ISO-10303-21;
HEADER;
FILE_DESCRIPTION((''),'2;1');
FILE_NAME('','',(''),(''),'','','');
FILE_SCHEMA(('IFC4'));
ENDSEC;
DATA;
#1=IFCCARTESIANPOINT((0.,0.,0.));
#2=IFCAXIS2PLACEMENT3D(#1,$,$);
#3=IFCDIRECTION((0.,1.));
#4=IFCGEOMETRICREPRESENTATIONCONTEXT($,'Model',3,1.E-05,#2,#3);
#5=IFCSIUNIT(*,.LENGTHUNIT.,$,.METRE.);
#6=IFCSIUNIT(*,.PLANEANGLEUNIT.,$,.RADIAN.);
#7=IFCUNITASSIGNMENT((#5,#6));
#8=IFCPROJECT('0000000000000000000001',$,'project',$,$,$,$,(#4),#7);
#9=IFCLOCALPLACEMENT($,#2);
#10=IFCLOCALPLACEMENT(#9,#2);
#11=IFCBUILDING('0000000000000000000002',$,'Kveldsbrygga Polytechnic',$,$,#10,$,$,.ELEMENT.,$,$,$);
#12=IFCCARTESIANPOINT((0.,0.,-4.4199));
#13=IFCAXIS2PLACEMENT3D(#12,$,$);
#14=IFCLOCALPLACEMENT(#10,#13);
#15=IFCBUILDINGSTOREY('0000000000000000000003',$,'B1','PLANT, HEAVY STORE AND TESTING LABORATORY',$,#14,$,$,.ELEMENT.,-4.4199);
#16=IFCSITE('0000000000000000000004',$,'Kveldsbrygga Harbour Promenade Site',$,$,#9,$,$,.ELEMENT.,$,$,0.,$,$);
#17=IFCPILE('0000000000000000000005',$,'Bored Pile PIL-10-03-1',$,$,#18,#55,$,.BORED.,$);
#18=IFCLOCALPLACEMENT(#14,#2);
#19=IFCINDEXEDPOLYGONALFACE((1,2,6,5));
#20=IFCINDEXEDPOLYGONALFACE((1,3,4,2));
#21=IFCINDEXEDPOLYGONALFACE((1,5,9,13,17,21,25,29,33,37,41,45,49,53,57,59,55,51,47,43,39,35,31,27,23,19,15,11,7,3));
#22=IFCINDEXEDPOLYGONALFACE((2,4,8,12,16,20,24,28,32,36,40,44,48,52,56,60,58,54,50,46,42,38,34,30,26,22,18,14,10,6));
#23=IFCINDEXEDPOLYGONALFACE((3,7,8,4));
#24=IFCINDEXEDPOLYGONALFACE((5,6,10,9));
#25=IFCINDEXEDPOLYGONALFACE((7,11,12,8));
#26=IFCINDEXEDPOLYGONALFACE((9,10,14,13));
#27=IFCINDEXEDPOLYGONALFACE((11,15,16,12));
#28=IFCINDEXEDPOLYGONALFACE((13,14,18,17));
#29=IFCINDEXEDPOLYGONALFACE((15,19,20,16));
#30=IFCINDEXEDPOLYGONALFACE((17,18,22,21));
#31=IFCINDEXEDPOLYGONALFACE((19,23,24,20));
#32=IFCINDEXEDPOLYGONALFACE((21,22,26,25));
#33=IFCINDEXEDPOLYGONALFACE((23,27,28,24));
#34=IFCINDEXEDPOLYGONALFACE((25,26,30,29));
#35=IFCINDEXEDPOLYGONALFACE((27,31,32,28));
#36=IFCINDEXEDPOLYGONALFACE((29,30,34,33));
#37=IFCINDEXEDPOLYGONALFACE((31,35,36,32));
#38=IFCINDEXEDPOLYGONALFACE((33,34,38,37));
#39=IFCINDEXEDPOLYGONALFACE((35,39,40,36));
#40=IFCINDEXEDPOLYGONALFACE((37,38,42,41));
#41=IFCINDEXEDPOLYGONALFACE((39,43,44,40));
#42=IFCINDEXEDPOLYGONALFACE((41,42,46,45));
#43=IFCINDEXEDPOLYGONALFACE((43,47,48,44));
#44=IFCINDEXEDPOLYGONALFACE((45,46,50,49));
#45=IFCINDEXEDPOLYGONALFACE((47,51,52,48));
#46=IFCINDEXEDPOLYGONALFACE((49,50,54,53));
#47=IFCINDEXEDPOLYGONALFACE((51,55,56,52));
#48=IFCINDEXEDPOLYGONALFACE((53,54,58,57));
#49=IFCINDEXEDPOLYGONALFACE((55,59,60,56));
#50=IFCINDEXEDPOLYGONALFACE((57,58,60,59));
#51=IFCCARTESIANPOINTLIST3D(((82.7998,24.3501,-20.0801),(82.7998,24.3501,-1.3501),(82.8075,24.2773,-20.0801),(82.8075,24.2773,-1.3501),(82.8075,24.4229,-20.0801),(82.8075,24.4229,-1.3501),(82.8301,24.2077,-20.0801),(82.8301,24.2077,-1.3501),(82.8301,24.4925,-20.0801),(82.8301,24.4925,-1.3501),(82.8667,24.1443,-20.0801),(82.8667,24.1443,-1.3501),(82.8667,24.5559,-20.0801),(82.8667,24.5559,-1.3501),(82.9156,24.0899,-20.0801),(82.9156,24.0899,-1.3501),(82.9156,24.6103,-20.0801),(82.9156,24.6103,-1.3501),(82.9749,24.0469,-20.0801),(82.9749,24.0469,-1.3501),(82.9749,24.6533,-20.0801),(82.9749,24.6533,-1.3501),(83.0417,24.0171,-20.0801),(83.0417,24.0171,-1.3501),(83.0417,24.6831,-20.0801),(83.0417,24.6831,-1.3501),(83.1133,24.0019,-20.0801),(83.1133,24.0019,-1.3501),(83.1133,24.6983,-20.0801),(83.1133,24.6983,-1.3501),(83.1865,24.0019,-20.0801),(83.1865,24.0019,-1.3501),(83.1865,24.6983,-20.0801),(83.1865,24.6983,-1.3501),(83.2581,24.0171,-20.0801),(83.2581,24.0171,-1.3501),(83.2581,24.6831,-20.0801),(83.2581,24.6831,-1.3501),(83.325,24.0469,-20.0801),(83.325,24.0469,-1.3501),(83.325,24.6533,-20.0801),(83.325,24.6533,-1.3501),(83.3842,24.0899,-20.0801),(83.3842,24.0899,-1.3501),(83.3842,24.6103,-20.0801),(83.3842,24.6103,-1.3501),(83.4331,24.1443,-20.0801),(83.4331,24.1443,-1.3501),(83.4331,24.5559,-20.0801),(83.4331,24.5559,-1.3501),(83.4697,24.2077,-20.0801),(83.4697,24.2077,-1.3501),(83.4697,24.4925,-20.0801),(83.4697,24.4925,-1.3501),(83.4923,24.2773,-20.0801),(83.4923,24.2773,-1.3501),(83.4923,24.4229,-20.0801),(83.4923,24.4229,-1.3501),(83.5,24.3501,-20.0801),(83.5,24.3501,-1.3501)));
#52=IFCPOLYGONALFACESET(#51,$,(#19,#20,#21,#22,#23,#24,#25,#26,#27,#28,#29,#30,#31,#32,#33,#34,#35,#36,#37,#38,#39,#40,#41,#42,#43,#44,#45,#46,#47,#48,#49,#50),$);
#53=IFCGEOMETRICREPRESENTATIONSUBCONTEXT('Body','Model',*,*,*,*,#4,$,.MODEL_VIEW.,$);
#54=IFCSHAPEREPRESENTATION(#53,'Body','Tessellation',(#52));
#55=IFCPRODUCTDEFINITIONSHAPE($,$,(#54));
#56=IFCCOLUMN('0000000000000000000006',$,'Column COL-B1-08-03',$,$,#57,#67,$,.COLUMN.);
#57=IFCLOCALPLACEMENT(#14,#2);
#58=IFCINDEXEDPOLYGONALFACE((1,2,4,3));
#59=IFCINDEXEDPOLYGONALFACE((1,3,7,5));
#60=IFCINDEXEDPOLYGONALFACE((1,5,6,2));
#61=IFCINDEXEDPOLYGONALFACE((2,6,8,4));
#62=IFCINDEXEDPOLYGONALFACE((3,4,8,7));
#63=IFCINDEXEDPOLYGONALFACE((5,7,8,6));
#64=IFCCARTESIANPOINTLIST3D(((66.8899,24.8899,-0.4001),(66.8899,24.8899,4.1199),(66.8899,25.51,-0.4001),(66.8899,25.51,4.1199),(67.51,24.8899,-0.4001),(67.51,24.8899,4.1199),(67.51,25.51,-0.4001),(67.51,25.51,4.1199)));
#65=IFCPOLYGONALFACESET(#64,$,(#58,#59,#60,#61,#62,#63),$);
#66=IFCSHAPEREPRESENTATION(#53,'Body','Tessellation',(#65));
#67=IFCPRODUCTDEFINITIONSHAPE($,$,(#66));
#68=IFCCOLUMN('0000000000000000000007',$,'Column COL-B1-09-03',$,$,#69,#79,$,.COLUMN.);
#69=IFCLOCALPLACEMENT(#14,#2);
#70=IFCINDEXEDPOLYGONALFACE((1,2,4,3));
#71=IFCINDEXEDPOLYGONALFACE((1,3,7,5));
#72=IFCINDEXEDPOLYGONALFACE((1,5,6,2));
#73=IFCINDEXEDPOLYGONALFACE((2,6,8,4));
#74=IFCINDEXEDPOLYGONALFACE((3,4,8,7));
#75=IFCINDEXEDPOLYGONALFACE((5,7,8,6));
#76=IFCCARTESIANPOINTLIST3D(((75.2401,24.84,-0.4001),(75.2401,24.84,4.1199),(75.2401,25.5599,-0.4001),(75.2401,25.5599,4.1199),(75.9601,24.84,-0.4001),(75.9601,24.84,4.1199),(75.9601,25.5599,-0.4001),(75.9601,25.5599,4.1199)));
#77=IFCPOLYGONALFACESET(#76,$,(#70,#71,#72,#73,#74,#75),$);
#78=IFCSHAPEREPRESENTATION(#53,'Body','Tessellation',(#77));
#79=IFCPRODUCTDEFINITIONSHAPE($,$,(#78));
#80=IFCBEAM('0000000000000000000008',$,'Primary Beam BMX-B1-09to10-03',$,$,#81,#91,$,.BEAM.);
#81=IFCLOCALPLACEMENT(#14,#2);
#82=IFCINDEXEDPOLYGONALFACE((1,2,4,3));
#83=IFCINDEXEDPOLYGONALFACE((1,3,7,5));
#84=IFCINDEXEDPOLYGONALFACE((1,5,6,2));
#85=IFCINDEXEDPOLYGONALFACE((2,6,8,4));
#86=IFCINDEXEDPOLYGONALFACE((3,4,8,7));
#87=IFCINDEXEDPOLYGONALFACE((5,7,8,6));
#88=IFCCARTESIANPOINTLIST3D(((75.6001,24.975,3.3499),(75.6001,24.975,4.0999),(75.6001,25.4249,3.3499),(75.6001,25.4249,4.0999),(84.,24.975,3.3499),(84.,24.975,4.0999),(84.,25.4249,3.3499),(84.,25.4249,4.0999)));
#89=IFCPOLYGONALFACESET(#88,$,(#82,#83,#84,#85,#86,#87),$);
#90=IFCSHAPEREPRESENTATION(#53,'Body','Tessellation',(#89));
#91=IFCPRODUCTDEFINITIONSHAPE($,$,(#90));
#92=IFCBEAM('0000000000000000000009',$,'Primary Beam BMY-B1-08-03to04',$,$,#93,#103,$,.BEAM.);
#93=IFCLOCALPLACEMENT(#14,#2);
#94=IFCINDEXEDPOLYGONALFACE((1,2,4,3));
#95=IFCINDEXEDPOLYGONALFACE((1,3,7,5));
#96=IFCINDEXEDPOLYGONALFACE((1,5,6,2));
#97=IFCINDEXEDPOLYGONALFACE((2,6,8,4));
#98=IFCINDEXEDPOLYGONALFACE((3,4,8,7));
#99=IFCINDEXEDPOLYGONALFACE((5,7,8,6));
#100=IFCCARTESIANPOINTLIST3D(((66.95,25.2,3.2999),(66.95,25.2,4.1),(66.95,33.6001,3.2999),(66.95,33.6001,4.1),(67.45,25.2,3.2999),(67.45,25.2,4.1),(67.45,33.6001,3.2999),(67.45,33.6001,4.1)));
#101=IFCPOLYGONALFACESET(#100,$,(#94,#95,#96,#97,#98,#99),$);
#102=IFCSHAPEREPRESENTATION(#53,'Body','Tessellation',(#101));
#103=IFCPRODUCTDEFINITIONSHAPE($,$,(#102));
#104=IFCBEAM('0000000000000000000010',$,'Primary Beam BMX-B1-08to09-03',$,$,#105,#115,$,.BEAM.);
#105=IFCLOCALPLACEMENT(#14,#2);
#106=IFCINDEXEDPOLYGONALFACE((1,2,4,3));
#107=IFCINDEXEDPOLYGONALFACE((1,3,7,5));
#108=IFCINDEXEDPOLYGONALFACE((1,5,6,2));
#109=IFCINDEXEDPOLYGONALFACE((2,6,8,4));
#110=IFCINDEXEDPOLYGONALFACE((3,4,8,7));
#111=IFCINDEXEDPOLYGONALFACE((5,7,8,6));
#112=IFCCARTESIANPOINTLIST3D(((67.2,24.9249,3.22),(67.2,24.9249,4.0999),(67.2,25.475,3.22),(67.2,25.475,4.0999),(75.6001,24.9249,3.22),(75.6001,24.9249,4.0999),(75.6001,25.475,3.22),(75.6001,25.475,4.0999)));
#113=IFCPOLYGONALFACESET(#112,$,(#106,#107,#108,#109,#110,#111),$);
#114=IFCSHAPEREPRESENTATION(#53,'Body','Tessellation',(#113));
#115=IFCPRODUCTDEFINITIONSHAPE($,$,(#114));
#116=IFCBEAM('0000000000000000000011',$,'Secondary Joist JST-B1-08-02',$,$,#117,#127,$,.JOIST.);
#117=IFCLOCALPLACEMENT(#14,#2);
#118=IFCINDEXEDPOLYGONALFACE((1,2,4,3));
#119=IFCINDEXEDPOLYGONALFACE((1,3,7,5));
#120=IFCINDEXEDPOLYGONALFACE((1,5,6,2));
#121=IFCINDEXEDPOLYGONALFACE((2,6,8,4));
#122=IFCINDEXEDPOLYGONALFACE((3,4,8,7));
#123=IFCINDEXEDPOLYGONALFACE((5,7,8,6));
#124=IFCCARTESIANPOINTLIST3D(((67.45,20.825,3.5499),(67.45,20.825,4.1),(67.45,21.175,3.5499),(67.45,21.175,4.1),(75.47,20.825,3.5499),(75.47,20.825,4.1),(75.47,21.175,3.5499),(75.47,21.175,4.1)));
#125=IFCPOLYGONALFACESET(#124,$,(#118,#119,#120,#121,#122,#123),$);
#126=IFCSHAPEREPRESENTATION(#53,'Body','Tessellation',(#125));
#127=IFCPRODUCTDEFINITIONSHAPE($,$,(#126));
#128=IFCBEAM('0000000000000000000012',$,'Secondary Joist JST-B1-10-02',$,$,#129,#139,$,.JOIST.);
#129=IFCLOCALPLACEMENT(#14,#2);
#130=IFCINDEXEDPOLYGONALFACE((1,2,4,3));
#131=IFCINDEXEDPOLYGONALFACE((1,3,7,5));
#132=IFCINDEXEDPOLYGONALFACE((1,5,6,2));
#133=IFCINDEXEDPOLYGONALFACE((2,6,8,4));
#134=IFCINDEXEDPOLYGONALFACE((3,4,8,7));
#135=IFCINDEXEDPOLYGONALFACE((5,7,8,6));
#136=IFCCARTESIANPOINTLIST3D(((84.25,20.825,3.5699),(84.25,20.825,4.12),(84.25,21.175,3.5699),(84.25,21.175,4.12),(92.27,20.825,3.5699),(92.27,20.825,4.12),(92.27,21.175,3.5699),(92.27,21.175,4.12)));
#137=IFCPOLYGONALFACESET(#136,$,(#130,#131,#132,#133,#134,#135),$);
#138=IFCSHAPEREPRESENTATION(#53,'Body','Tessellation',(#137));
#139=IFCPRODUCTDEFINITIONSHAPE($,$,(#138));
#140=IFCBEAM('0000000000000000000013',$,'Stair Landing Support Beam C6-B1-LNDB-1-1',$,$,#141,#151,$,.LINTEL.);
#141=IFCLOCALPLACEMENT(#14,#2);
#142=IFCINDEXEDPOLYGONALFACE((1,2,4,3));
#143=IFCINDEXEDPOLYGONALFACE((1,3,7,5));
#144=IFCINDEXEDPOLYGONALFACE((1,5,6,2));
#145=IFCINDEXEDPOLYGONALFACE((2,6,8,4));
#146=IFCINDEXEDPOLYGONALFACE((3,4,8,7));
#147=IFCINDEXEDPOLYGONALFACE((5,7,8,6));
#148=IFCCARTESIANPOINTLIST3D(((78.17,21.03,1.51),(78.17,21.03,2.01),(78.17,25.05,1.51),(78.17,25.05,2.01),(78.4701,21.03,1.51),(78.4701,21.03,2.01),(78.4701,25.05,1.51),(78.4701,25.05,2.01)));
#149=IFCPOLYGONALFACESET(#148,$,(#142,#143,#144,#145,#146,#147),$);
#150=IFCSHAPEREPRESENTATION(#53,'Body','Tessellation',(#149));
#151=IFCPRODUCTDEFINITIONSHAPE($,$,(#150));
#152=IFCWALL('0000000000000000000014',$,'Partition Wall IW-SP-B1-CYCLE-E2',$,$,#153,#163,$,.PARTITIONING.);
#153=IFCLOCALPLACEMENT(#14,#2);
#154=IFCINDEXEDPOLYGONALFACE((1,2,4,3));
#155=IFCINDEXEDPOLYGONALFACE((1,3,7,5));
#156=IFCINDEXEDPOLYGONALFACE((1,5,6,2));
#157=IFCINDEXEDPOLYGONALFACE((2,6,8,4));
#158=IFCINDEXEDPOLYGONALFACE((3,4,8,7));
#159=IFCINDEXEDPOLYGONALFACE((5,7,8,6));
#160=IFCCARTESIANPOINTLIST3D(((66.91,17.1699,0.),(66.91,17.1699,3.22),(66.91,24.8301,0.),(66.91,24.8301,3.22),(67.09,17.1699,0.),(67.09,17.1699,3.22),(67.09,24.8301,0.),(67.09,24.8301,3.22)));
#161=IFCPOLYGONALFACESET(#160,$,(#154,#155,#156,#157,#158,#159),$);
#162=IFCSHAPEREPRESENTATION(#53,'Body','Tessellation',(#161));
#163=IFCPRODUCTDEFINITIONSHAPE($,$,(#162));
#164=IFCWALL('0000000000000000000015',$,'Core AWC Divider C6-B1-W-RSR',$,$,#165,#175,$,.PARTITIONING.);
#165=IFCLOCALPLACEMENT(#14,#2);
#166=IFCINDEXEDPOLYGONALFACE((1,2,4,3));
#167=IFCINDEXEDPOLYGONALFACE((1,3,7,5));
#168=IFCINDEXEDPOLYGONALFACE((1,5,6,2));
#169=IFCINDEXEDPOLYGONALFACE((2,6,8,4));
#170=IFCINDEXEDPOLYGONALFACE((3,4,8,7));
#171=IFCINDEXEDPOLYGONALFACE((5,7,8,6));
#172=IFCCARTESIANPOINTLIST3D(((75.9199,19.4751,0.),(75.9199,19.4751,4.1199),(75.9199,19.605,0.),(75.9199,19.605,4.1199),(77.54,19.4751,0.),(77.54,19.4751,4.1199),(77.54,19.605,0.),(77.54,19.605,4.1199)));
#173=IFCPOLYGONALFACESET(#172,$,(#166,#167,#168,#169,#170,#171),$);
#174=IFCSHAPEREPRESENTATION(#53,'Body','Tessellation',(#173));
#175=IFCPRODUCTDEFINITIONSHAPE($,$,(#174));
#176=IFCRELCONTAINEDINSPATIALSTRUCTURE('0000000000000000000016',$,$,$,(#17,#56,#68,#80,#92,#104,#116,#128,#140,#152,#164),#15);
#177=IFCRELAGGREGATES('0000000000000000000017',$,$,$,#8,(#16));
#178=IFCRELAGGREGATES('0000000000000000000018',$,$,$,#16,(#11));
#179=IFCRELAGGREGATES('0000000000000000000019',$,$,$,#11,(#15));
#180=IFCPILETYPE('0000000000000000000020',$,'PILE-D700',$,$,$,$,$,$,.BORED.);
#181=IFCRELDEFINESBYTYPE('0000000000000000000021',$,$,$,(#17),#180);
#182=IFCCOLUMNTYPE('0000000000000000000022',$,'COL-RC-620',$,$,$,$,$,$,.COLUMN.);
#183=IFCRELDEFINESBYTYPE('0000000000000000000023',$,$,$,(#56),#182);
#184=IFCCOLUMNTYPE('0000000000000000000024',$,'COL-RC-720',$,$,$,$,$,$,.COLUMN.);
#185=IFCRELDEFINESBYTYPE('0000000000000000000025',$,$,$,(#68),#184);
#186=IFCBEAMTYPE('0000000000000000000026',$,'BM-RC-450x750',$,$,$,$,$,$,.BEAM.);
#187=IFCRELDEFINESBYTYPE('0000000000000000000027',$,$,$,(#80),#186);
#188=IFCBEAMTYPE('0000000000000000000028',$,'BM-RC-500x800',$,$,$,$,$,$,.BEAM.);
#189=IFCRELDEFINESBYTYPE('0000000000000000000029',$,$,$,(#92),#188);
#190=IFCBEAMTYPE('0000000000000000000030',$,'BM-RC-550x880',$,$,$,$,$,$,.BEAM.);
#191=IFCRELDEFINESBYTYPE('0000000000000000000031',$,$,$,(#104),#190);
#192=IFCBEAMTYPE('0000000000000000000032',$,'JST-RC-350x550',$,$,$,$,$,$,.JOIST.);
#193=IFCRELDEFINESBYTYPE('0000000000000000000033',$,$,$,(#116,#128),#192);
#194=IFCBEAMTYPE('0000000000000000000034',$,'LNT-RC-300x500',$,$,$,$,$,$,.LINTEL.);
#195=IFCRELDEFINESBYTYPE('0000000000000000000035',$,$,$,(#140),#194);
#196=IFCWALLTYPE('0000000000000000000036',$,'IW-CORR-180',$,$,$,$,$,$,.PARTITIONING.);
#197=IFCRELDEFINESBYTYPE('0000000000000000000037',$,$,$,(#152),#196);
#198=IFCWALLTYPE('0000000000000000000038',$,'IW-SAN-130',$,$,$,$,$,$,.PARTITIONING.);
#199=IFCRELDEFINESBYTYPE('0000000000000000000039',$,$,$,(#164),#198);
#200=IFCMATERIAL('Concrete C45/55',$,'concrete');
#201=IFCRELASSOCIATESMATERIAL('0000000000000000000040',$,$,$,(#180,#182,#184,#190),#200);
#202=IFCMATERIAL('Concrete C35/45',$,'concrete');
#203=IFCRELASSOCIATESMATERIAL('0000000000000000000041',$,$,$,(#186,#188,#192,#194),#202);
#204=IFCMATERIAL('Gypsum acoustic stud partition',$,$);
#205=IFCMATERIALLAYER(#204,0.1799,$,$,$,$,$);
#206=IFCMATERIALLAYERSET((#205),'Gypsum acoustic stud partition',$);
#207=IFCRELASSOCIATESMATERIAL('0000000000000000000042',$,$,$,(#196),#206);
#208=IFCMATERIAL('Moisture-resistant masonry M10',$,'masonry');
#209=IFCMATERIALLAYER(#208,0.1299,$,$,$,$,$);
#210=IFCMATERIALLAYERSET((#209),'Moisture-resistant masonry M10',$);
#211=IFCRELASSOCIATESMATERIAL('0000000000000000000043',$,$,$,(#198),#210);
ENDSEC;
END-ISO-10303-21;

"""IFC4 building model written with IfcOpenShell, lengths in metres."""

from ifc_helpers import new_model, si_unit, direction, frame, frame_2d, origin, origin_2d, place, context, subcontext, project, spatial, rectangle, circle, extrude, material, layer, layer_set, material_profile, profile_set, type_object, element, save


model = new_model("IFC4")

# Units and contexts
model_context = context("Model", 3, precision=1e-05, world=origin(), true_north=direction((0.0, 1.0)))
body_context = subcontext(model_context, "Body", "Model", "MODEL_VIEW")
ifc_project = project(units=[si_unit("LENGTHUNIT", "METRE"), si_unit("PLANEANGLEUNIT", "RADIAN")], contexts=[model_context])

# Site, building, storey
site_placement = place(None, origin())
site = spatial("IfcSite", under=ifc_project, at=site_placement, Name="Kveldsbrygga Harbour Promenade Site", CompositionType="ELEMENT", RefElevation=0.0)
building_placement = place(site_placement, origin())
building = spatial("IfcBuilding", under=site, at=building_placement, Name="Kveldsbrygga Polytechnic", CompositionType="ELEMENT")
storey_placement = place(building_placement, frame((0.0, 0.0, -4.4199)))
storey = spatial("IfcBuildingStorey", under=building, at=storey_placement, Name="B1", Description="PLANT, HEAVY STORE AND TESTING LABORATORY", CompositionType="ELEMENT", Elevation=-4.4199)

# Shared definitions
ifc_material_1 = material(Name="Concrete C45/55", Category="concrete")

# Pile
ifc_material_profile_1 = material_profile(ifc_material_1, circle(Radius=0.3501, at=origin_2d()), Name="PILE D700")
ifc_profile_set_1 = profile_set([ifc_material_profile_1], Name="Concrete C45/55")
pile_type_1 = type_object("IfcPileType", Name="PILE-D700", PredefinedType="BORED", material=ifc_profile_set_1)
pile_placement = place(storey_placement, frame((83.1499, 24.3501, -1.3501), z_axis=(0.0, 0.0, -1.0), x_axis=(1.0, 0.0, 0.0)))
element("IfcPile", 1, at=pile_placement, inside=storey, type_object=pile_type_1, Name="Bored Pile PIL-10-03-1", PredefinedType="BORED", context=body_context, shape_type="SweptSolid", body=[
    extrude(circle(Radius=0.3501, at=origin_2d()), origin(), (0.0, 0.0, 1.0), 18.73),
])

# Columns
ifc_material_profile_2 = material_profile(ifc_material_1, rectangle(XDim=0.6201, YDim=0.6201, at=origin_2d()), Name="RC 620x620")
ifc_profile_set_2 = profile_set([ifc_material_profile_2], Name="Concrete C45/55")
column_type_1 = type_object("IfcColumnType", Name="COL-RC-620", PredefinedType="COLUMN", material=ifc_profile_set_2)
column_1_placement = place(storey_placement, frame((67.2, 25.2, -0.4001), z_axis=(0.0, 0.0, 1.0), x_axis=(1.0, 0.0, 0.0)))
element("IfcColumn", 2, at=column_1_placement, inside=storey, type_object=column_type_1, Name="Column COL-B1-08-03", PredefinedType="COLUMN", context=body_context, shape_type="SweptSolid", body=[
    extrude(rectangle(XDim=0.6201, YDim=0.6201, at=origin_2d()), origin(), (0.0, 0.0, 1.0), 4.52),
])
ifc_material_profile_3 = material_profile(ifc_material_1, rectangle(XDim=0.72, YDim=0.72, at=origin_2d()), Name="RC 720x720")
ifc_profile_set_3 = profile_set([ifc_material_profile_3], Name="Concrete C45/55")
column_type_2 = type_object("IfcColumnType", Name="COL-RC-720", PredefinedType="COLUMN", material=ifc_profile_set_3)
column_2_placement = place(storey_placement, frame((75.6001, 25.2, -0.4001), z_axis=(0.0, 0.0, 1.0), x_axis=(1.0, 0.0, 0.0)))
element("IfcColumn", 3, at=column_2_placement, inside=storey, type_object=column_type_2, Name="Column COL-B1-09-03", PredefinedType="COLUMN", context=body_context, shape_type="SweptSolid", body=[
    extrude(rectangle(XDim=0.72, YDim=0.72, at=origin_2d()), origin(), (0.0, 0.0, 1.0), 4.52),
])

# Beams
ifc_material_2 = material(Name="Concrete C35/45", Category="concrete")
ifc_material_profile_4 = material_profile(ifc_material_2, rectangle(XDim=0.45, YDim=0.75, at=origin_2d()), Name="RC 450x750")
ifc_profile_set_4 = profile_set([ifc_material_profile_4], Name="Concrete C35/45")
beam_type_1 = type_object("IfcBeamType", Name="BM-RC-450x750", PredefinedType="BEAM", material=ifc_profile_set_4)
beam_1_placement = place(storey_placement, frame((75.6001, 25.2, 3.7249), z_axis=(1.0, 0.0, 0.0), x_axis=(0.0, 1.0, 0.0)))
element("IfcBeam", 4, at=beam_1_placement, inside=storey, type_object=beam_type_1, Name="Primary Beam BMX-B1-09to10-03", PredefinedType="BEAM", context=body_context, shape_type="SweptSolid", body=[
    extrude(rectangle(XDim=0.45, YDim=0.75, at=origin_2d()), origin(), (0.0, 0.0, 1.0), 8.3999),
])
ifc_material_profile_5 = material_profile(ifc_material_2, rectangle(XDim=0.5, YDim=0.8, at=origin_2d()), Name="RC 500x800")
ifc_profile_set_5 = profile_set([ifc_material_profile_5], Name="Concrete C35/45")
beam_type_2 = type_object("IfcBeamType", Name="BM-RC-500x800", PredefinedType="BEAM", material=ifc_profile_set_5)
beam_2_placement = place(storey_placement, frame((67.2, 25.2, 3.7), z_axis=(0.0, 1.0, 0.0), x_axis=(-1.0, 0.0, 0.0)))
element("IfcBeam", 5, at=beam_2_placement, inside=storey, type_object=beam_type_2, Name="Primary Beam BMY-B1-08-03to04", PredefinedType="BEAM", context=body_context, shape_type="SweptSolid", body=[
    extrude(rectangle(XDim=0.5, YDim=0.8, at=origin_2d()), origin(), (0.0, 0.0, 1.0), 8.4001),
])
ifc_material_profile_6 = material_profile(ifc_material_1, rectangle(XDim=0.55, YDim=0.8799, at=origin_2d()), Name="RC 550x880")
ifc_profile_set_6 = profile_set([ifc_material_profile_6], Name="Concrete C45/55")
beam_type_3 = type_object("IfcBeamType", Name="BM-RC-550x880", PredefinedType="BEAM", material=ifc_profile_set_6)
beam_3_placement = place(storey_placement, frame((67.2, 25.2, 3.6599), z_axis=(1.0, 0.0, 0.0), x_axis=(0.0, 1.0, 0.0)))
element("IfcBeam", 6, at=beam_3_placement, inside=storey, type_object=beam_type_3, Name="Primary Beam BMX-B1-08to09-03", PredefinedType="BEAM", context=body_context, shape_type="SweptSolid", body=[
    extrude(rectangle(XDim=0.55, YDim=0.8799, at=origin_2d()), origin(), (0.0, 0.0, 1.0), 8.4001),
])
ifc_material_profile_7 = material_profile(ifc_material_2, rectangle(XDim=0.3501, YDim=0.55, at=origin_2d()), Name="RC 350x550")
ifc_profile_set_7 = profile_set([ifc_material_profile_7], Name="Concrete C35/45")
beam_type_4 = type_object("IfcBeamType", Name="JST-RC-350x550", PredefinedType="JOIST", material=ifc_profile_set_7)
for number, where, z_axis, x_axis, name in (
    (7, (67.45, 21.0, 3.825), (1.0, 0.0, 0.0), (0.0, 1.0, 0.0), "Secondary Joist JST-B1-08-02"),
    (8, (84.25, 21.0, 3.845), (1.0, 0.0, 0.0), (0.0, 1.0, 0.0), "Secondary Joist JST-B1-10-02"),
):
    element("IfcBeam", number, at=place(storey_placement, frame(where, z_axis=z_axis, x_axis=x_axis)), inside=storey, type_object=beam_type_4, Name=name, PredefinedType="JOIST", context=body_context, shape_type="SweptSolid", body=[
        extrude(rectangle(XDim=0.3501, YDim=0.55, at=origin_2d()), origin(), (0.0, 0.0, 1.0), 8.02),
    ])
ifc_material_profile_8 = material_profile(ifc_material_2, rectangle(XDim=0.3, YDim=0.5, at=origin_2d()), Name="RC 300x500")
ifc_profile_set_8 = profile_set([ifc_material_profile_8], Name="Concrete C35/45")
beam_type_5 = type_object("IfcBeamType", Name="LNT-RC-300x500", PredefinedType="LINTEL", material=ifc_profile_set_8)
beam_4_placement = place(storey_placement, frame((78.3201, 21.03, 1.76), z_axis=(0.0, 1.0, 0.0), x_axis=(-1.0, 0.0, 0.0)))
element("IfcBeam", 9, at=beam_4_placement, inside=storey, type_object=beam_type_5, Name="Stair Landing Support Beam C6-B1-LNDB-1-1", PredefinedType="LINTEL", context=body_context, shape_type="SweptSolid", body=[
    extrude(rectangle(XDim=0.3, YDim=0.5, at=origin_2d()), origin(), (0.0, 0.0, 1.0), 4.02),
])

# Walls
ifc_material_3 = material(Name="Gypsum acoustic stud partition")
ifc_layer_1 = layer(ifc_material_3, 0.1799)
ifc_layer_set_1 = layer_set([ifc_layer_1], Name="Gypsum acoustic stud partition")
wall_type_1 = type_object("IfcWallType", Name="IW-CORR-180", PredefinedType="PARTITIONING", material=ifc_layer_set_1)
wall_1_placement = place(storey_placement, frame((67.0, 17.1699, 0.0), z_axis=(0.0, 0.0, 1.0), x_axis=(0.0, 1.0, 0.0)))
element("IfcWall", 10, at=wall_1_placement, inside=storey, type_object=wall_type_1, Name="Partition Wall IW-SP-B1-CYCLE-E2", PredefinedType="PARTITIONING", context=body_context, shape_type="SweptSolid", body=[
    extrude(rectangle(XDim=7.6602, YDim=0.1799, at=frame_2d((3.8301, 0.0))), origin(), (0.0, 0.0, 1.0), 3.22),
])
ifc_material_4 = material(Name="Moisture-resistant masonry M10", Category="masonry")
ifc_layer_2 = layer(ifc_material_4, 0.1299)
ifc_layer_set_2 = layer_set([ifc_layer_2], Name="Moisture-resistant masonry M10")
wall_type_2 = type_object("IfcWallType", Name="IW-SAN-130", PredefinedType="PARTITIONING", material=ifc_layer_set_2)
wall_2_placement = place(storey_placement, frame((75.9199, 19.54, 0.0), z_axis=(0.0, 0.0, 1.0), x_axis=(1.0, 0.0, 0.0)))
element("IfcWall", 11, at=wall_2_placement, inside=storey, type_object=wall_type_2, Name="Core AWC Divider C6-B1-W-RSR", PredefinedType="PARTITIONING", context=body_context, shape_type="SweptSolid", body=[
    extrude(rectangle(XDim=1.6201, YDim=0.1299, at=frame_2d((0.8101, 0.0))), origin(), (0.0, 0.0, 1.0), 4.1199),
])

save(model, "model.ifc")
